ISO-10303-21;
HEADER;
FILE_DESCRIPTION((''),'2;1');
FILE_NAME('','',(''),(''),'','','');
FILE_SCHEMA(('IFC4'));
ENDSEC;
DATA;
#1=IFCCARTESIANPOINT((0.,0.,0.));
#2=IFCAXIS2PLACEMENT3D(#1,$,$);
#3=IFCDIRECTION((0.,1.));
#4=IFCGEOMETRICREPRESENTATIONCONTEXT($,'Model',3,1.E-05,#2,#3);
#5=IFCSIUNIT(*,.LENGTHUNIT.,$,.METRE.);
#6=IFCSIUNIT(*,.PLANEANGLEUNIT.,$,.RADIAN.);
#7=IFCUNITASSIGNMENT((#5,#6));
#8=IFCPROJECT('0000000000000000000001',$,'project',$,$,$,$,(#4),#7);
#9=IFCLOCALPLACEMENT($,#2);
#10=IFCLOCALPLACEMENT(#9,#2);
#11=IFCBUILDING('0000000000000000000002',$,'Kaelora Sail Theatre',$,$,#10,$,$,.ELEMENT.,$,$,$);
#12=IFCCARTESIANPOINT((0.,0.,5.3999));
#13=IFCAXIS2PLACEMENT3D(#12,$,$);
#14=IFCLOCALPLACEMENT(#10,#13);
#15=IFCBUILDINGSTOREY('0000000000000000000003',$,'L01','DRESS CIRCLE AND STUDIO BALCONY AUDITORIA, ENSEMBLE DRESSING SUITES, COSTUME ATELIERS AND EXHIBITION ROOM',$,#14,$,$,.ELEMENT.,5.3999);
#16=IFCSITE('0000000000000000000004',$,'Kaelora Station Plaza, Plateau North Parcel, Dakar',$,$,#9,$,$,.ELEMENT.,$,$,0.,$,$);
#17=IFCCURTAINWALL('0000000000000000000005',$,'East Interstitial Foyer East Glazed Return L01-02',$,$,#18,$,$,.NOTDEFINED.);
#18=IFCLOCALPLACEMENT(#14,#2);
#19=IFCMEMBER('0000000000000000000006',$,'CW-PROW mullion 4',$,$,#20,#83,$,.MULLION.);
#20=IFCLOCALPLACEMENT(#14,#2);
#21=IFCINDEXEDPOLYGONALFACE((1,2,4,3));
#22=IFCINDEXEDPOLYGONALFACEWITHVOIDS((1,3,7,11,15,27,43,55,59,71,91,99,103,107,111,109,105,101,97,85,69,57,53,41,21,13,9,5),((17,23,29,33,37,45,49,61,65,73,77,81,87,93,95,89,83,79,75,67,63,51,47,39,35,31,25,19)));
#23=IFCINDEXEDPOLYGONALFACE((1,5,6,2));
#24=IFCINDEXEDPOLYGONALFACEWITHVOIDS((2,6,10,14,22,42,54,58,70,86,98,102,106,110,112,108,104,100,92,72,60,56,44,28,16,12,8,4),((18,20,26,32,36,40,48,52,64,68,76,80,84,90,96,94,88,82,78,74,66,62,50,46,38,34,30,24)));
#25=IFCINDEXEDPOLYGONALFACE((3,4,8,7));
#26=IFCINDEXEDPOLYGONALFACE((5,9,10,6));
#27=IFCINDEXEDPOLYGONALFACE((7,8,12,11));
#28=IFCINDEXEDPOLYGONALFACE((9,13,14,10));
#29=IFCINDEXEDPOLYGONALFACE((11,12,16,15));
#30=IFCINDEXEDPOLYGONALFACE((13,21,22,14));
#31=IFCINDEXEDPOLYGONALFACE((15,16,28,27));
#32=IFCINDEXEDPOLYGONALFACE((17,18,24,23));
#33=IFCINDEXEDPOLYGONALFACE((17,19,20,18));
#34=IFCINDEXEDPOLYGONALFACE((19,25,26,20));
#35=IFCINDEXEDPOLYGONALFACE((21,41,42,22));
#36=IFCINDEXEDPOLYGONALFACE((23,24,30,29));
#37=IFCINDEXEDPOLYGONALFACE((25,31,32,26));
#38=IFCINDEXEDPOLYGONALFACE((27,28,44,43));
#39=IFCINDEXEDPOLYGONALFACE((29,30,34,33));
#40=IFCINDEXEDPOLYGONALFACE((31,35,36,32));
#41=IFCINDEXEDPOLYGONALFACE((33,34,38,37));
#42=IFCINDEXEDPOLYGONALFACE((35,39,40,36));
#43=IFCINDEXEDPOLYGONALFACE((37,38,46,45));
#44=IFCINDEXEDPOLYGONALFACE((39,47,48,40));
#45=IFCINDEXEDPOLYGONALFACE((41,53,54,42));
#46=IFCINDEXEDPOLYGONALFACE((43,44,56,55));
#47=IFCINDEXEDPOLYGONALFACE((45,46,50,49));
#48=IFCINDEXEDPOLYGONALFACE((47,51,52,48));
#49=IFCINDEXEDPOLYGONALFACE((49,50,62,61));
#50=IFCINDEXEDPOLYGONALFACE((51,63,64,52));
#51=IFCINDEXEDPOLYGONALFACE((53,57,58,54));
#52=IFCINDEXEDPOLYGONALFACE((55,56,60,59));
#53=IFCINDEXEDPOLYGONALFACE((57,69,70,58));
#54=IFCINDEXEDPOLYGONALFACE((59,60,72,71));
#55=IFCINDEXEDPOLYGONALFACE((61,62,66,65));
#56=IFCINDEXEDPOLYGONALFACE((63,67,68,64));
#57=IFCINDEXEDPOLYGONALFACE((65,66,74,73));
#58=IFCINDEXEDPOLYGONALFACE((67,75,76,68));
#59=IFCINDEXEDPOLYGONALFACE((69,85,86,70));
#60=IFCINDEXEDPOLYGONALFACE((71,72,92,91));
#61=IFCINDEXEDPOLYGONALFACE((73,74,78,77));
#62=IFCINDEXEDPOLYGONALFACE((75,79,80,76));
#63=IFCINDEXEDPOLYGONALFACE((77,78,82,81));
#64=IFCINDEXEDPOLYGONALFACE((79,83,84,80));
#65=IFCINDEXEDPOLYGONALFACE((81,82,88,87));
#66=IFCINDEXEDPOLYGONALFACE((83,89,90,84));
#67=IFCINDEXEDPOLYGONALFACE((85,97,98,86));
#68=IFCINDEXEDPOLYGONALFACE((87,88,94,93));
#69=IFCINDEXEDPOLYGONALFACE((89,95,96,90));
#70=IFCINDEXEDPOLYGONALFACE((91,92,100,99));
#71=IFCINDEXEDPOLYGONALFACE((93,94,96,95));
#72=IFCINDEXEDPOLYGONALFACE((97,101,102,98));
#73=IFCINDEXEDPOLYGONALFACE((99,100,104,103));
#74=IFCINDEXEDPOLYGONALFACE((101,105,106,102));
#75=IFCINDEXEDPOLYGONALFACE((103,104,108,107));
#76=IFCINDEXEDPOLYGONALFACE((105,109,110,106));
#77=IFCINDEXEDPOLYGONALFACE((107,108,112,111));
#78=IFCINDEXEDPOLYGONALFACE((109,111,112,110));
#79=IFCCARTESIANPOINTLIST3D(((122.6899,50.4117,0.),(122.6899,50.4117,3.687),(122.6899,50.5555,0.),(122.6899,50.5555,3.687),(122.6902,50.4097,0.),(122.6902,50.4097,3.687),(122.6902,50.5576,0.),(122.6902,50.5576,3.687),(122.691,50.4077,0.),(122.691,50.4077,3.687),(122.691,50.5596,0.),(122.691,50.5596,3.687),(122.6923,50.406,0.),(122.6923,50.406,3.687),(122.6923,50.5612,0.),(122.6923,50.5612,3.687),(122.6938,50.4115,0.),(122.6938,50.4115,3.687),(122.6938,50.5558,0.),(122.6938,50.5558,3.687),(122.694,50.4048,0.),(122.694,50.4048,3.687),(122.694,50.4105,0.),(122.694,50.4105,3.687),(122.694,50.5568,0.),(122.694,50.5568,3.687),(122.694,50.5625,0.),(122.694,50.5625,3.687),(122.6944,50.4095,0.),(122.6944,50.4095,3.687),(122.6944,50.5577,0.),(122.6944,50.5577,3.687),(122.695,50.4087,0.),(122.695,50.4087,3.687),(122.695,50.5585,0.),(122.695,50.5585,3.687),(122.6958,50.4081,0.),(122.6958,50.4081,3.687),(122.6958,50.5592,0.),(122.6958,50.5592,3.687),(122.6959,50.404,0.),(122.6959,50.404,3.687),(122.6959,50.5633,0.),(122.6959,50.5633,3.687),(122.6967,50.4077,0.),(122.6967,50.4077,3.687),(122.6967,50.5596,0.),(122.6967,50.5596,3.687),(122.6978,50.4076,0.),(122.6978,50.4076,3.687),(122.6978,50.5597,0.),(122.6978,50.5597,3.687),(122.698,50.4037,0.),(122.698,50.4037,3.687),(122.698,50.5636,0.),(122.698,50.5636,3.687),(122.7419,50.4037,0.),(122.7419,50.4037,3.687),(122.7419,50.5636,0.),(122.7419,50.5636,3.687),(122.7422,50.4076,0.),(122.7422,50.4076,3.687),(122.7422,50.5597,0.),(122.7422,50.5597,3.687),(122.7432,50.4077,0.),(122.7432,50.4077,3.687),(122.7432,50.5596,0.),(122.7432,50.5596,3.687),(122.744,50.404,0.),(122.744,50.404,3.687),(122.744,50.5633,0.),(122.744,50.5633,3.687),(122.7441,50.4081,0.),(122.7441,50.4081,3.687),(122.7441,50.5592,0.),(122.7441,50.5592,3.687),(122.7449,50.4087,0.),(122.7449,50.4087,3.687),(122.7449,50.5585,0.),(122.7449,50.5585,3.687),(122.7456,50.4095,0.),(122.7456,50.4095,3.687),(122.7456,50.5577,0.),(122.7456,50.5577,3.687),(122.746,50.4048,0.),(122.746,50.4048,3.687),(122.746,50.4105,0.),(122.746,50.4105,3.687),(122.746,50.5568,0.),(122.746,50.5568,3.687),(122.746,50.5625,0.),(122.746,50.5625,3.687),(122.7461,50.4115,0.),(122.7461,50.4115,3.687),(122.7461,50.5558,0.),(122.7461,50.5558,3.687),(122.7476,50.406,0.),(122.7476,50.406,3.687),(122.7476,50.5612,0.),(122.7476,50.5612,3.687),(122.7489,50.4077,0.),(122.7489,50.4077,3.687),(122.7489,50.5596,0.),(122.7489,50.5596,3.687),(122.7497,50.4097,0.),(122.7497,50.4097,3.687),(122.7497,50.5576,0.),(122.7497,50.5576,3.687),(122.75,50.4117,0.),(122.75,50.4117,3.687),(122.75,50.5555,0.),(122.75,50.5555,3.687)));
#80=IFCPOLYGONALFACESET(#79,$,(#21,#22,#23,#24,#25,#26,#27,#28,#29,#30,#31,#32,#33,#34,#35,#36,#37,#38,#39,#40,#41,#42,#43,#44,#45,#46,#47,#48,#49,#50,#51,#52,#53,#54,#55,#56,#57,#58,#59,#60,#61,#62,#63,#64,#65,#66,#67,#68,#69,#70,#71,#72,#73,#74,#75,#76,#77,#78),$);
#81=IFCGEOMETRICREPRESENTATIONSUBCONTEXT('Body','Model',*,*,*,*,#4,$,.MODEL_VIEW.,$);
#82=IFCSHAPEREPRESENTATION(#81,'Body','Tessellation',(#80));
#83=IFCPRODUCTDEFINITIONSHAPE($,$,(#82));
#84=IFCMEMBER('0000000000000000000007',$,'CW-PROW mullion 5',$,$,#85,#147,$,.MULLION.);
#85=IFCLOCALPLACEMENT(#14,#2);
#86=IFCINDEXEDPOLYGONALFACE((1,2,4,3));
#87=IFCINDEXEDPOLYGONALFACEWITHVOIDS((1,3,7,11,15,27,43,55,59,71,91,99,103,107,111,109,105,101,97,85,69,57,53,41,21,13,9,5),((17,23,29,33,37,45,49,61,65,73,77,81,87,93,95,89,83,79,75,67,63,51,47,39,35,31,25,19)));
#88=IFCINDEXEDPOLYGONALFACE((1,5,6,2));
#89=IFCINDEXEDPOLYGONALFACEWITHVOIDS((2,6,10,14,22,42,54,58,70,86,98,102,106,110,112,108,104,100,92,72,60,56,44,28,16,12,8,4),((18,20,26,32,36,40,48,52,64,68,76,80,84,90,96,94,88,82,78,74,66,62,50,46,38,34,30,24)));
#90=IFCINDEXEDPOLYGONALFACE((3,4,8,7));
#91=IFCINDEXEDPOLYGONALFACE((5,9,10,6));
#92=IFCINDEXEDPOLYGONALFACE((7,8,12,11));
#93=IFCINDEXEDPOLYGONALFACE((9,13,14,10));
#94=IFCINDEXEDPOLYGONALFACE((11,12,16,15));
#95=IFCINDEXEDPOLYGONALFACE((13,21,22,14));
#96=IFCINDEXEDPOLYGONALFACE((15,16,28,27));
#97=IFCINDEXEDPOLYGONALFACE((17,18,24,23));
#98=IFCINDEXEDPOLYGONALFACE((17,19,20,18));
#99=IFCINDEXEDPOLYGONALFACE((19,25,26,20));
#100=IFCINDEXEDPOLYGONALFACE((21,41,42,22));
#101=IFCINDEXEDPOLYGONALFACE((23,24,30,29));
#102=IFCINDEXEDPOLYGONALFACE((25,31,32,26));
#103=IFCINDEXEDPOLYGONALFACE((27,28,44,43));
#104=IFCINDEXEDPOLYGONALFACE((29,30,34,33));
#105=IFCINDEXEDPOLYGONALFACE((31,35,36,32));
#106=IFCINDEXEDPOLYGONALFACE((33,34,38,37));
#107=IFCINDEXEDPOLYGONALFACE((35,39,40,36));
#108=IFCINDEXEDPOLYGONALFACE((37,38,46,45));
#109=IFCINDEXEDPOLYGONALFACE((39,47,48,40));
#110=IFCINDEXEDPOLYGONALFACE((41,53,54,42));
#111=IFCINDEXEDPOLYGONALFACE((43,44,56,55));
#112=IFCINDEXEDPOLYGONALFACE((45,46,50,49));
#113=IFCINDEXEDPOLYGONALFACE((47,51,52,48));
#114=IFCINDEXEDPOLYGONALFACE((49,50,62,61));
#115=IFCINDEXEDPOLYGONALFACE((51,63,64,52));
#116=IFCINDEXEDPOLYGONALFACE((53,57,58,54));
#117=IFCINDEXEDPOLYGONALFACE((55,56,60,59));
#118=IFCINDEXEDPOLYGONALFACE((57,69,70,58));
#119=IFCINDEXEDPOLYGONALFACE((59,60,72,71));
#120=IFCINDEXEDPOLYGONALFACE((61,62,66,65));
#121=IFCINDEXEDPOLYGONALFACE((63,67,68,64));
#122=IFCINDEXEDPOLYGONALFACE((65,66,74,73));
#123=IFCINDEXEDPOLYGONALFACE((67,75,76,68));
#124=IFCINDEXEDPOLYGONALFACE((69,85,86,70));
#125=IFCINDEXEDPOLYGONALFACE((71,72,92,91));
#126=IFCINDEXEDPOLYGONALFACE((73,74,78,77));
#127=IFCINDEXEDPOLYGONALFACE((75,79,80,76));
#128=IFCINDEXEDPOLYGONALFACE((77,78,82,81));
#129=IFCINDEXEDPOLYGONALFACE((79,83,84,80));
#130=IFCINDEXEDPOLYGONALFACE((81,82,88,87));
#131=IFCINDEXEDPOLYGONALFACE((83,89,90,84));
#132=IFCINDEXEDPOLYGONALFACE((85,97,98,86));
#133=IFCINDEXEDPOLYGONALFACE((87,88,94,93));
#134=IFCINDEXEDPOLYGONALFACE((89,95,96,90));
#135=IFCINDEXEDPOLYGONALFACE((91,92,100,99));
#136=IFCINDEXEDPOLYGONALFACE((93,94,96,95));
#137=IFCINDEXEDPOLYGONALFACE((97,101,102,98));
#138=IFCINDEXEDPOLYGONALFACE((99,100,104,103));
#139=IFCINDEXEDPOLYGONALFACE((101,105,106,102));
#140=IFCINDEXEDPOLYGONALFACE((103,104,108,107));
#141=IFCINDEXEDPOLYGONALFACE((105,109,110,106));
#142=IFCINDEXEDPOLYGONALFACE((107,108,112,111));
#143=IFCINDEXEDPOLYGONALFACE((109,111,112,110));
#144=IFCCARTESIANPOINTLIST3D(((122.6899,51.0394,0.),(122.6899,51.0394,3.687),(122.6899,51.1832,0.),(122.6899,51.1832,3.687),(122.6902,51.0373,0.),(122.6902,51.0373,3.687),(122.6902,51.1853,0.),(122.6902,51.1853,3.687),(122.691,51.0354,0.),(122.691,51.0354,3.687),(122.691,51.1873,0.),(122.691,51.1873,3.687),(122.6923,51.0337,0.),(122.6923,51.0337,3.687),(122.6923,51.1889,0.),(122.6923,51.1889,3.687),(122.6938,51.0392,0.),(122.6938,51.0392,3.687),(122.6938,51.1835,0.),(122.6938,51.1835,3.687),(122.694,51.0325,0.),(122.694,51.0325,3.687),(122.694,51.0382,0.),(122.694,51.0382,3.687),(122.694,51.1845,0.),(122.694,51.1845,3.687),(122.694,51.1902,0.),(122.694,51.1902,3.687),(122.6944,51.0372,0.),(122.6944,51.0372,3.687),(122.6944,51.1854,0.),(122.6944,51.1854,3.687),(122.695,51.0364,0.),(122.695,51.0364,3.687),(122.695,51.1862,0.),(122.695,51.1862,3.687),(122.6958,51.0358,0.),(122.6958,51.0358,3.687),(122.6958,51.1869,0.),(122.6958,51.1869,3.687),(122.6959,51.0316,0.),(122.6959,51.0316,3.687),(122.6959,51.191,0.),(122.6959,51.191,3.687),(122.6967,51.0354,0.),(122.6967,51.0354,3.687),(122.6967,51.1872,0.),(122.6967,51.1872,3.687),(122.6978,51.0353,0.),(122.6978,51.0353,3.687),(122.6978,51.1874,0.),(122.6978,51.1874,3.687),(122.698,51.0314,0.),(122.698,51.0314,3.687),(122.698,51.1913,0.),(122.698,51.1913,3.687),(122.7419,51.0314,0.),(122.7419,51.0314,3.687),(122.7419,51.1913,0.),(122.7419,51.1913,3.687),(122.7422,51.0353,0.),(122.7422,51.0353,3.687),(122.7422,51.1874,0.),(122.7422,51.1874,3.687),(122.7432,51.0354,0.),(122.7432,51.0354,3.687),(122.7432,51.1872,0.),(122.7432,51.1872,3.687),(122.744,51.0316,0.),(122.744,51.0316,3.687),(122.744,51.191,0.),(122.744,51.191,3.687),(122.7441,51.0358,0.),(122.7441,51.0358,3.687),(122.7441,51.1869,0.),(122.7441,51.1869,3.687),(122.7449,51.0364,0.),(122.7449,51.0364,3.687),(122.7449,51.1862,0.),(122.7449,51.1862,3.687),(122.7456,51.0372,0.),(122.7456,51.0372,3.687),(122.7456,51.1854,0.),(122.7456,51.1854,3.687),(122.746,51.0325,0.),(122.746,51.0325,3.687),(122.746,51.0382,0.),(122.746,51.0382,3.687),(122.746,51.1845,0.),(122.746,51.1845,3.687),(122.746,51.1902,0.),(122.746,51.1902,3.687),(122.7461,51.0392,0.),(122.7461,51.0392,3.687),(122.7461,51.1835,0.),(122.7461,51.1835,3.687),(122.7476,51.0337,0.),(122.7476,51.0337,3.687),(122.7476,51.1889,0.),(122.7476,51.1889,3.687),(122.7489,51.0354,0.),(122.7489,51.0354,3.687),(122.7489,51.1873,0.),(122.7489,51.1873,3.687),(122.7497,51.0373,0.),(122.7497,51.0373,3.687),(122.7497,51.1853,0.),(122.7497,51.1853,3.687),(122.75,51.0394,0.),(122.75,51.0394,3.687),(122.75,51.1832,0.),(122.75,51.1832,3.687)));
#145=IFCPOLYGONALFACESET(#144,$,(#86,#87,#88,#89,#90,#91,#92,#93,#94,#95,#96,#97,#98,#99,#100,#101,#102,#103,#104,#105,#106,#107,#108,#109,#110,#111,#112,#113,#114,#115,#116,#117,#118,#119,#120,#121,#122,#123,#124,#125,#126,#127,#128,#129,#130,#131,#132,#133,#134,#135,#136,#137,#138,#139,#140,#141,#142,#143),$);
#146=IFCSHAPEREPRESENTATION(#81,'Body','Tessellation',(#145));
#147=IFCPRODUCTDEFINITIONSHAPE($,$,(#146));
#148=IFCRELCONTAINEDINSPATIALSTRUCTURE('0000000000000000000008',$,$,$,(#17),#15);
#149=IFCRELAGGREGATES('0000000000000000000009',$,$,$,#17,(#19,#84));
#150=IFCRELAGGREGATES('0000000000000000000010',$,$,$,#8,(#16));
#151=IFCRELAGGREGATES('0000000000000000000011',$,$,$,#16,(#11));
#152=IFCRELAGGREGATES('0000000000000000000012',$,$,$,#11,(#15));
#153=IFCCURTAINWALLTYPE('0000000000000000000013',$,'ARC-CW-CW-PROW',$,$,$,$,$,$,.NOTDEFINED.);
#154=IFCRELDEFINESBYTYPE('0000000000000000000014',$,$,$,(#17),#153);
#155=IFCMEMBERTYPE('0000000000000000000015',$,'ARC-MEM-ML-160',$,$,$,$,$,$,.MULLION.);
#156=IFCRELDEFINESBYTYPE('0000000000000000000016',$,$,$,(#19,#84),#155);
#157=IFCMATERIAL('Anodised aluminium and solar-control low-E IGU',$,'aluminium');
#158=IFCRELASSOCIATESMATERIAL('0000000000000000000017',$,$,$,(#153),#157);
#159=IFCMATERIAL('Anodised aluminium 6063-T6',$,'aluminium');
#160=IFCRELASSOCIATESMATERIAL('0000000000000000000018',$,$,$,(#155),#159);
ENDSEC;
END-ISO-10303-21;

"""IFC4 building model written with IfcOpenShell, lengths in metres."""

from ifc_helpers import new_model, si_unit, direction, frame, origin, origin_2d, place, context, subcontext, project, spatial, hollow_rectangle, extrude, material, material_profile, profile_set, type_object, element, aggregate, save


model = new_model("IFC4")

# Units and contexts
model_context = context("Model", 3, precision=1e-05, world=origin(), true_north=direction((0.0, 1.0)))
body_context = subcontext(model_context, "Body", "Model", "MODEL_VIEW")
ifc_project = project(units=[si_unit("LENGTHUNIT", "METRE"), si_unit("PLANEANGLEUNIT", "RADIAN")], contexts=[model_context])

# Site, building, storey
site_placement = place(None, origin())
site = spatial("IfcSite", under=ifc_project, at=site_placement, Name="Kaelora Station Plaza, Plateau North Parcel, Dakar", CompositionType="ELEMENT", RefElevation=0.0)
building_placement = place(site_placement, origin())
building = spatial("IfcBuilding", under=site, at=building_placement, Name="Kaelora Sail Theatre", CompositionType="ELEMENT")
storey_placement = place(building_placement, frame((0.0, 0.0, 5.3999)))
storey = spatial("IfcBuildingStorey", under=building, at=storey_placement, Name="L01", Description="DRESS CIRCLE AND STUDIO BALCONY AUDITORIA, ENSEMBLE DRESSING SUITES, COSTUME ATELIERS AND EXHIBITION ROOM", CompositionType="ELEMENT", Elevation=5.3999)

# Curtain wall, members
ifc_material_1 = material(Name="Anodised aluminium and solar-control low-E IGU", Category="aluminium")
curtain_wall_type = type_object("IfcCurtainWallType", Name="ARC-CW-CW-PROW", PredefinedType="NOTDEFINED", material=ifc_material_1)
curtain_wall_placement = place(storey_placement, origin())
curtain_wall = element("IfcCurtainWall", 1, at=curtain_wall_placement, inside=storey, type_object=curtain_wall_type, Name="East Interstitial Foyer East Glazed Return L01-02", PredefinedType="NOTDEFINED")
ifc_material_2 = material(Name="Anodised aluminium 6063-T6", Category="aluminium")
ifc_material_profile_1 = material_profile(ifc_material_2, hollow_rectangle(XDim=0.0601, YDim=0.1599, WallThickness=0.0039, InnerFilletRadius=0.0039, OuterFilletRadius=0.0081, at=origin_2d()), Name="ALU-MULL 60x160x4")
ifc_profile_set_1 = profile_set([ifc_material_profile_1], Name="Anodised aluminium 6063-T6")
member_type_1 = type_object("IfcMemberType", Name="ARC-MEM-ML-160", PredefinedType="MULLION", material=ifc_profile_set_1)
member_1_placement = place(storey_placement, frame((122.72, 50.4836, 0.0), z_axis=(0.0, 0.0, 1.0), x_axis=(-1.0, 0.0, 0.0)))
member_1 = element("IfcMember", 2, at=member_1_placement, type_object=member_type_1, Name="CW-PROW mullion 4", PredefinedType="MULLION", context=body_context, shape_type="SweptSolid", body=[
    extrude(hollow_rectangle(XDim=0.0601, YDim=0.1599, WallThickness=0.0039, InnerFilletRadius=0.0039, OuterFilletRadius=0.0081, at=origin_2d()), origin(), (0.0, 0.0, 1.0), 3.687),
])
member_2_placement = place(storey_placement, frame((122.72, 51.1113, 0.0), z_axis=(0.0, 0.0, 1.0), x_axis=(-1.0, 0.0, 0.0)))
member_2 = element("IfcMember", 3, at=member_2_placement, type_object=member_type_1, Name="CW-PROW mullion 5", PredefinedType="MULLION", context=body_context, shape_type="SweptSolid", body=[
    extrude(hollow_rectangle(XDim=0.0601, YDim=0.1599, WallThickness=0.0039, InnerFilletRadius=0.0039, OuterFilletRadius=0.0081, at=origin_2d()), origin(), (0.0, 0.0, 1.0), 3.687),
])
aggregate(curtain_wall, [member_1, member_2])

save(model, "model.ifc")
